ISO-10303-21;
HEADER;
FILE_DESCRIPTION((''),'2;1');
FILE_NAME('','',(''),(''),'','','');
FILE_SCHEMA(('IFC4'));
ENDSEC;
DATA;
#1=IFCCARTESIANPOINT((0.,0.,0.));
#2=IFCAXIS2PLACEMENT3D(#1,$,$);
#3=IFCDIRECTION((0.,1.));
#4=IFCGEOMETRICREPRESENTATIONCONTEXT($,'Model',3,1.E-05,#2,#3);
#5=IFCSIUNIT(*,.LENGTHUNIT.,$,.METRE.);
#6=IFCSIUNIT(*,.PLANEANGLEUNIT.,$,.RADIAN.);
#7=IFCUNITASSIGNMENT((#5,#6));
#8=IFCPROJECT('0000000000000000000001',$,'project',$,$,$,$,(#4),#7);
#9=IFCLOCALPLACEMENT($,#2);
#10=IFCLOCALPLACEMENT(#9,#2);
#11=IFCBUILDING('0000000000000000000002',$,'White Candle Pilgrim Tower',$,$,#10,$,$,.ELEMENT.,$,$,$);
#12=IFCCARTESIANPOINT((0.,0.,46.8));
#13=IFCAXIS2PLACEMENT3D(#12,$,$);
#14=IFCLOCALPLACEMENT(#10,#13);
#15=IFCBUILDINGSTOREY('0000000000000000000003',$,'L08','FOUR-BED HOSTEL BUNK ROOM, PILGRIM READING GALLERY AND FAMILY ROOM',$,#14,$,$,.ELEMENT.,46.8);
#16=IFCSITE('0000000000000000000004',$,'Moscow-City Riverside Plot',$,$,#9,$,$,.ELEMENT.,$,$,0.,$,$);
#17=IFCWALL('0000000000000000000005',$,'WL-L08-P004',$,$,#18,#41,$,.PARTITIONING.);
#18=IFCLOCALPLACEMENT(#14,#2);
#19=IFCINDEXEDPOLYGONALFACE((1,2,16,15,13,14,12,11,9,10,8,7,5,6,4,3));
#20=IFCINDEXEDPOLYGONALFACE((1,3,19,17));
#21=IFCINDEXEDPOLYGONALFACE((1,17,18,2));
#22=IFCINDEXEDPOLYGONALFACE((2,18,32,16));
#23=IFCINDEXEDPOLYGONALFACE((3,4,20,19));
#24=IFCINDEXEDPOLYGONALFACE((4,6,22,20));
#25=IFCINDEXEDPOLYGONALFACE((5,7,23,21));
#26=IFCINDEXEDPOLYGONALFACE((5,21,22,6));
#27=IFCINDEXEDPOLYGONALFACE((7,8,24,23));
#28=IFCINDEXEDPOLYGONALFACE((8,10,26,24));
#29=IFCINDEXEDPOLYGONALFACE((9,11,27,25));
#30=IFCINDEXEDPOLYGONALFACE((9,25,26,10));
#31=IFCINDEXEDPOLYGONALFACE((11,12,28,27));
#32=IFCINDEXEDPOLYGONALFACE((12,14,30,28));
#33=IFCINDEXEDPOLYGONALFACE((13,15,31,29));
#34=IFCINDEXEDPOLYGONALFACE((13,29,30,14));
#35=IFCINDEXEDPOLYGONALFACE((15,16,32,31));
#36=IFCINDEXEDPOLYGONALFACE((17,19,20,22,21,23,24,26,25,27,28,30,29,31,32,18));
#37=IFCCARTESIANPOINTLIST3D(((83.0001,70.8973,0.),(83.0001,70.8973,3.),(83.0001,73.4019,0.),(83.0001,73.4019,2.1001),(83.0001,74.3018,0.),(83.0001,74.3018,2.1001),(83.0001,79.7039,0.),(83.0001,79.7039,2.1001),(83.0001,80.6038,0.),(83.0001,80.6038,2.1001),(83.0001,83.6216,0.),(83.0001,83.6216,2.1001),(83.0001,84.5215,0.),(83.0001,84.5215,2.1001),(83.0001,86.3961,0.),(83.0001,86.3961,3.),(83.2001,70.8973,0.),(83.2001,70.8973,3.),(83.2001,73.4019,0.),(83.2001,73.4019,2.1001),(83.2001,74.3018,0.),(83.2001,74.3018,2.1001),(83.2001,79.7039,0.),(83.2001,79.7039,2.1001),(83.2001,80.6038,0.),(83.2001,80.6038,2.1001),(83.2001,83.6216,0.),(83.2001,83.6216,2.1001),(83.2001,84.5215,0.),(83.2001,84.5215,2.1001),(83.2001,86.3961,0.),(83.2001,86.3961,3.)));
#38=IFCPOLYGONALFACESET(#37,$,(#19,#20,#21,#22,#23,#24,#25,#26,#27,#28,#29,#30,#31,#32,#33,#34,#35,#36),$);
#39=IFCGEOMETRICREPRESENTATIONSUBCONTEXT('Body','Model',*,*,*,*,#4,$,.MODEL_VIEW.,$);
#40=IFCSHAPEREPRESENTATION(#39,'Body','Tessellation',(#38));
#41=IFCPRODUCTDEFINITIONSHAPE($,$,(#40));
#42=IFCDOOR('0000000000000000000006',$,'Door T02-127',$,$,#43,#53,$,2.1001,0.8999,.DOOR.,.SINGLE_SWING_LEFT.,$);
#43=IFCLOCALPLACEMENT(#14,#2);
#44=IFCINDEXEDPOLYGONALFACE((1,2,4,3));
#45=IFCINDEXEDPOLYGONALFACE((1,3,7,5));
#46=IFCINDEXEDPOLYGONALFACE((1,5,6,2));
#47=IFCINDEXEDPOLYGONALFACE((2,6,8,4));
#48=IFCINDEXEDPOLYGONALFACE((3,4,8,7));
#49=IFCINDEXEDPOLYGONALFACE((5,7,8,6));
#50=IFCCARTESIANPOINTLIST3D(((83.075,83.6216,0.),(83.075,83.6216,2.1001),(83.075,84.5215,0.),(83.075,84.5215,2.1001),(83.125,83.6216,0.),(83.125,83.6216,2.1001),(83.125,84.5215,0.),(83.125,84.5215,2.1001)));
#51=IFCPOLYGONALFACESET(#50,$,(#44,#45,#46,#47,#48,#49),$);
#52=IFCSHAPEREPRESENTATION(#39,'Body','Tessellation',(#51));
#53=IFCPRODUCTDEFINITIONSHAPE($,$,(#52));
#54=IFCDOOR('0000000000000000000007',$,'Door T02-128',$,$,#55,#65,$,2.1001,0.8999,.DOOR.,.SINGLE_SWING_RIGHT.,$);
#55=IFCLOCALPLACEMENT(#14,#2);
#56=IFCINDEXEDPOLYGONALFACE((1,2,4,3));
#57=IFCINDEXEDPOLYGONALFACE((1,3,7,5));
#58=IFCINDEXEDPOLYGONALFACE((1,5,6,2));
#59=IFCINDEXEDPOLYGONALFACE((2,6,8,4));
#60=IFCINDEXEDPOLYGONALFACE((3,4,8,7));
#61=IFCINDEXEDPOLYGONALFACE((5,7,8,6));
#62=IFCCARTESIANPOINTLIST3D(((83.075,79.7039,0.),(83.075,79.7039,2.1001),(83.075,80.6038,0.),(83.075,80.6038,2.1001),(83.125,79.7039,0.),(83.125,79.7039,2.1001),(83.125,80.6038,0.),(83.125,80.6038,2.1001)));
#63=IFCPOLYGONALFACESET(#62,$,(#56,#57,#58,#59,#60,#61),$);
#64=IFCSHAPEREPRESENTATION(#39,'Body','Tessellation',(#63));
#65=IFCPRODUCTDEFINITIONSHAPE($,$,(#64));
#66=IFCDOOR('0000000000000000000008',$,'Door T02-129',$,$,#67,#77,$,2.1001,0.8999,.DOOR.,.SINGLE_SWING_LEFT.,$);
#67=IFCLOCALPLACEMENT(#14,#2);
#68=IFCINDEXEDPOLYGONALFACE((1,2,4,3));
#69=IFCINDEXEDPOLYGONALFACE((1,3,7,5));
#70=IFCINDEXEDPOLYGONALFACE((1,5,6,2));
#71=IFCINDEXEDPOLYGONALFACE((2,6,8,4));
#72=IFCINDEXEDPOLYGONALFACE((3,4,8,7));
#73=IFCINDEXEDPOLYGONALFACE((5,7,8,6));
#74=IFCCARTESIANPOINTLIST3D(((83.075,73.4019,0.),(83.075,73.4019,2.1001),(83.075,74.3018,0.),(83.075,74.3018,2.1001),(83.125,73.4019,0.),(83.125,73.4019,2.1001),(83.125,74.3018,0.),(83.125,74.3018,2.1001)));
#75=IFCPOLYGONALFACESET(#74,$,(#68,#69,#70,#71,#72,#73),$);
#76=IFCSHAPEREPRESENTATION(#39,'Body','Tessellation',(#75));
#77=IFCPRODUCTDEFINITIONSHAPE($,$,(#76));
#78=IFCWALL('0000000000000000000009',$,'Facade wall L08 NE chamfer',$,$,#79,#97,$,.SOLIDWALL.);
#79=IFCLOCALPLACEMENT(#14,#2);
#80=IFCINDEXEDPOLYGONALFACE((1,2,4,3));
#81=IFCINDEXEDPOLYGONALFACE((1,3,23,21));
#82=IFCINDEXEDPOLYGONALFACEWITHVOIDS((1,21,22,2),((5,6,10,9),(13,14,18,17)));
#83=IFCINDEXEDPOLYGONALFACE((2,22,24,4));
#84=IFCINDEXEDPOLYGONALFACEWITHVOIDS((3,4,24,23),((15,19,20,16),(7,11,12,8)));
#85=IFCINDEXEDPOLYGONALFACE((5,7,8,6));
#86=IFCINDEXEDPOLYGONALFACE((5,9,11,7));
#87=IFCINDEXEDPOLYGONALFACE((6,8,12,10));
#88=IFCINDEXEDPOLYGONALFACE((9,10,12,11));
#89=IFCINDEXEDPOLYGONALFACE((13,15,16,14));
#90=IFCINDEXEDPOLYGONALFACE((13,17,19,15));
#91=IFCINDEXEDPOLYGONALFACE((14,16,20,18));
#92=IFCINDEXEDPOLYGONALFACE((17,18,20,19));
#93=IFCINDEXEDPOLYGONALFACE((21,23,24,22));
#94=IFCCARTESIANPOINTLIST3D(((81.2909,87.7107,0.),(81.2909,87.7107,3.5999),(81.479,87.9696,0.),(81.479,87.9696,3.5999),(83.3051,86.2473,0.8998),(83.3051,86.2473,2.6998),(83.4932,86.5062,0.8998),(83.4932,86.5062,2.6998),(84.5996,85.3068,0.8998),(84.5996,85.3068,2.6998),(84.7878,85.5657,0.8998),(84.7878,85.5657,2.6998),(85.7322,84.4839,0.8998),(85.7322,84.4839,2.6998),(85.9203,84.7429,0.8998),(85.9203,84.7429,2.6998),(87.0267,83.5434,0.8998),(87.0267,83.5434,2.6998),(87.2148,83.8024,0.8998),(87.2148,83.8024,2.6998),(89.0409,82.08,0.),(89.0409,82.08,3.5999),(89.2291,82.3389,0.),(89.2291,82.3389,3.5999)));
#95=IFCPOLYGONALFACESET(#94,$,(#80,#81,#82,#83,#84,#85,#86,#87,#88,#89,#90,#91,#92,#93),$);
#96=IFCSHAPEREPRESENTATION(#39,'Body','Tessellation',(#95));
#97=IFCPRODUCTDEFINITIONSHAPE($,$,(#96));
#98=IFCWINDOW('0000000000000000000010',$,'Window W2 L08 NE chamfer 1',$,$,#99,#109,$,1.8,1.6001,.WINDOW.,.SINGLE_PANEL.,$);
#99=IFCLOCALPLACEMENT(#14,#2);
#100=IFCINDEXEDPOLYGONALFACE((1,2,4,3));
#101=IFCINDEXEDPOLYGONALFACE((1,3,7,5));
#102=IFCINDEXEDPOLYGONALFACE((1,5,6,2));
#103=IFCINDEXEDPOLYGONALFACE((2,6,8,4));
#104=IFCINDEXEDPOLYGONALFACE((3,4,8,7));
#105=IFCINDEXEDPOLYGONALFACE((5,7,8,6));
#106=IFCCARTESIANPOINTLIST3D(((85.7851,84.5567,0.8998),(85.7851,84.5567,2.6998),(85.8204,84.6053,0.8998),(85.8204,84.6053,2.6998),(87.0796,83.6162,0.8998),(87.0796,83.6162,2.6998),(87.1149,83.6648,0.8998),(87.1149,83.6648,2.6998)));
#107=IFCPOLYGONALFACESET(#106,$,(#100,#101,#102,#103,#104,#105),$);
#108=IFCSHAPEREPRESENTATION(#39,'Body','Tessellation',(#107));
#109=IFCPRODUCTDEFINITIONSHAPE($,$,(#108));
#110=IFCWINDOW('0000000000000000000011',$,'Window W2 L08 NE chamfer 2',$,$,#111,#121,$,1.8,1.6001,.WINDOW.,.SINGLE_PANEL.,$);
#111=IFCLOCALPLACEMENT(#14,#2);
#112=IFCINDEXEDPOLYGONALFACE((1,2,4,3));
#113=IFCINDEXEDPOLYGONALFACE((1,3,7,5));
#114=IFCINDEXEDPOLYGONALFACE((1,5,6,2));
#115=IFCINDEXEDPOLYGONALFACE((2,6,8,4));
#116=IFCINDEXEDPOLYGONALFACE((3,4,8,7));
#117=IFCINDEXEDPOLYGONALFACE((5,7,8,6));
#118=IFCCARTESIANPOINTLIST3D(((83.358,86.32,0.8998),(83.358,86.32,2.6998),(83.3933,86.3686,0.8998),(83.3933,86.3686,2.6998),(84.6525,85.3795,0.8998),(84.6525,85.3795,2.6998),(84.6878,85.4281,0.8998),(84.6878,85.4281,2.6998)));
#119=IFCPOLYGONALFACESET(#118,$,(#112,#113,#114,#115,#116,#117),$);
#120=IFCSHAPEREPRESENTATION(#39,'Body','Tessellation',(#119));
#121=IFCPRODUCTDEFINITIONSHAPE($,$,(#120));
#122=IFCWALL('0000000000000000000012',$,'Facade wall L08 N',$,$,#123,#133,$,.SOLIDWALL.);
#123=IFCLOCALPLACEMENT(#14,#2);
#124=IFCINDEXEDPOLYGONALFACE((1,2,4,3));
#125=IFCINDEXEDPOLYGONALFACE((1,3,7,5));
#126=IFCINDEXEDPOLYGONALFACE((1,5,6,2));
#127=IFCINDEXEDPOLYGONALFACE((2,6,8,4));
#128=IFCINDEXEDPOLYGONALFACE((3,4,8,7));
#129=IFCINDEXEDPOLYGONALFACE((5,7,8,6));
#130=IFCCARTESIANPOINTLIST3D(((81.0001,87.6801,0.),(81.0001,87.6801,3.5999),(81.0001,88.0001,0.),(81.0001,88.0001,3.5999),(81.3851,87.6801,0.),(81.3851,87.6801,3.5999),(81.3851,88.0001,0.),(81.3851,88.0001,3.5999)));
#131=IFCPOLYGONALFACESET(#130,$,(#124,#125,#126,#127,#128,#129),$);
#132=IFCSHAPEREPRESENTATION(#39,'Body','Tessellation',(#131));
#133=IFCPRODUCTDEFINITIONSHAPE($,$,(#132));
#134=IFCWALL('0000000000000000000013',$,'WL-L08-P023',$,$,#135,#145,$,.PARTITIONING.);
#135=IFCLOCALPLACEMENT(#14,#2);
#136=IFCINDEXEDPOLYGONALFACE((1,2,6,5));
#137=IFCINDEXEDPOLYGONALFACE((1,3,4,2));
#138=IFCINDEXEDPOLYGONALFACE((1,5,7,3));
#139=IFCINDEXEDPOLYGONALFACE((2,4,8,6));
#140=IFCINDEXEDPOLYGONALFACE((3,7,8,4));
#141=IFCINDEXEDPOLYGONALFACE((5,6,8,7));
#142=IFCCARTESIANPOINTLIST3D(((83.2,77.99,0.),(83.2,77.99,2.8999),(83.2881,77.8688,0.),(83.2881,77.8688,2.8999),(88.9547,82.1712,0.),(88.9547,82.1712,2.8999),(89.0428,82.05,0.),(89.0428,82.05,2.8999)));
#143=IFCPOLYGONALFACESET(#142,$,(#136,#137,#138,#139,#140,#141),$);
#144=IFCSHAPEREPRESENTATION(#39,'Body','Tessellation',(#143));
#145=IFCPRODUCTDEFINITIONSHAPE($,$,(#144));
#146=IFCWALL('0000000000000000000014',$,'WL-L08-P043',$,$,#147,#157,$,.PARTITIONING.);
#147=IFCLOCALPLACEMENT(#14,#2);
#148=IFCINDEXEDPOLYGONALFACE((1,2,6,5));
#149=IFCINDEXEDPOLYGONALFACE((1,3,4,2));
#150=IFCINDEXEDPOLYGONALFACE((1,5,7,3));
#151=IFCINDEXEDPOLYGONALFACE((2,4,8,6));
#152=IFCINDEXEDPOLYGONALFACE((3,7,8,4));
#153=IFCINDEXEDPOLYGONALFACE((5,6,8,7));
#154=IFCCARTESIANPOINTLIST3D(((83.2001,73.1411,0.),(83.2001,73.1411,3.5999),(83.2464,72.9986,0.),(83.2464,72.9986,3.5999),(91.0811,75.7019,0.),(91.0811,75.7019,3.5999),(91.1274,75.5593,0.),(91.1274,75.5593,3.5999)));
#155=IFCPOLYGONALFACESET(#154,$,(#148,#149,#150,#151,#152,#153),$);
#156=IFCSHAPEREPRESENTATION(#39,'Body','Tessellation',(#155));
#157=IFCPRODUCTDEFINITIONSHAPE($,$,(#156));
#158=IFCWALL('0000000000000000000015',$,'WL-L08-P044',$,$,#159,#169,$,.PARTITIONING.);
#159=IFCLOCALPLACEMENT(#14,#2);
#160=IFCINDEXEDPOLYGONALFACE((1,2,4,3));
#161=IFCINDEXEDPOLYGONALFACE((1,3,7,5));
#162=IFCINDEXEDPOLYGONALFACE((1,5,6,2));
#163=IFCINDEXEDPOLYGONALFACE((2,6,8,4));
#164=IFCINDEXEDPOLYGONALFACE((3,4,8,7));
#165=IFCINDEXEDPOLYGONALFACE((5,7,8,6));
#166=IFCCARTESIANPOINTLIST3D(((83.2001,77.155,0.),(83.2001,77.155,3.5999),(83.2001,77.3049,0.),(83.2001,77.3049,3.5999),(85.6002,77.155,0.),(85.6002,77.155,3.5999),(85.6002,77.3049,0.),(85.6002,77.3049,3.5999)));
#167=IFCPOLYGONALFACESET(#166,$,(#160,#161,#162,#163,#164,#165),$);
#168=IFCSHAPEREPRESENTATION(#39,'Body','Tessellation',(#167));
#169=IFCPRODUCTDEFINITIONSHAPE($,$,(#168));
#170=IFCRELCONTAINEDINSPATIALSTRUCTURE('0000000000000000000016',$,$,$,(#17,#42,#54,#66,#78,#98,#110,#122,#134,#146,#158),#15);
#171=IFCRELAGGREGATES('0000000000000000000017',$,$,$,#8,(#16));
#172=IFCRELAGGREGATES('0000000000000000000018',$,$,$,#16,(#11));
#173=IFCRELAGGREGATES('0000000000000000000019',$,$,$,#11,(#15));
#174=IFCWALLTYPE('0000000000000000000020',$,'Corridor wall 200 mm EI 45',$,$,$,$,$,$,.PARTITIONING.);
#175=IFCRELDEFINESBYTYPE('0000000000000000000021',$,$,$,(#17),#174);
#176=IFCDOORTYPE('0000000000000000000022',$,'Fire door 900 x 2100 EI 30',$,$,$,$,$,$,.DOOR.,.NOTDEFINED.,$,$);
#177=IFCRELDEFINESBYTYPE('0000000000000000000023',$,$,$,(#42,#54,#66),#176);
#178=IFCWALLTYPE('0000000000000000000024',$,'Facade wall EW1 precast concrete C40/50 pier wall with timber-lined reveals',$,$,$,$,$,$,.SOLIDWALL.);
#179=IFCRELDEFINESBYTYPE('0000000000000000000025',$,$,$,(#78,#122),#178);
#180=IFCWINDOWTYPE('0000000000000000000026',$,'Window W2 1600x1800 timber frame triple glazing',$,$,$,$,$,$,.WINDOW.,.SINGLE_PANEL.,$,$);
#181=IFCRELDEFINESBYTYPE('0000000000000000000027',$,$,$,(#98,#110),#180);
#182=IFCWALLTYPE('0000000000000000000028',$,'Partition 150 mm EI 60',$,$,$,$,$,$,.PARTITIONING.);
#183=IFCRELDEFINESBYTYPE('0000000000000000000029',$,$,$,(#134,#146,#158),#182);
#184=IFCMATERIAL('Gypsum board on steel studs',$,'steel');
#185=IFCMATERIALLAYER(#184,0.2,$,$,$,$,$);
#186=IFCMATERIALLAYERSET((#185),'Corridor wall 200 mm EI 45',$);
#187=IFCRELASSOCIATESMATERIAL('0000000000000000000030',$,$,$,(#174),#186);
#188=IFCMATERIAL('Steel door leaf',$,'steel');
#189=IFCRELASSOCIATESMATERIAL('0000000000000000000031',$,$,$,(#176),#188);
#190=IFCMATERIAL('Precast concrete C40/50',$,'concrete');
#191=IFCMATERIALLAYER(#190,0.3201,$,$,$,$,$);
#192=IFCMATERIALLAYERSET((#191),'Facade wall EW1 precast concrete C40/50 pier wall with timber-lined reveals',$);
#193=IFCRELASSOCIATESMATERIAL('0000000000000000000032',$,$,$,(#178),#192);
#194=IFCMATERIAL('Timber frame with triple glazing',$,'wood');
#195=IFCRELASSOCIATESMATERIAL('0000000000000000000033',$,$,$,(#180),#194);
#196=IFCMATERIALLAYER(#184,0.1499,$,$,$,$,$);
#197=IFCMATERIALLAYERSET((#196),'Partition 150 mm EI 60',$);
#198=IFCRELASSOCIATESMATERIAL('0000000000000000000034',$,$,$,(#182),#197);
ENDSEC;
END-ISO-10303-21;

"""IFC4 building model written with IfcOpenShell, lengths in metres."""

from ifc_helpers import new_model, si_unit, direction, frame, frame_2d, origin, place, context, subcontext, project, spatial, rectangle, extrude, material, layer, layer_set, type_object, element, fill, save


model = new_model("IFC4")

# Units and contexts
model_context = context("Model", 3, precision=1e-05, world=origin(), true_north=direction((0.0, 1.0)))
body_context = subcontext(model_context, "Body", "Model", "MODEL_VIEW")
ifc_project = project(units=[si_unit("LENGTHUNIT", "METRE"), si_unit("PLANEANGLEUNIT", "RADIAN")], contexts=[model_context])

# Site, building, storey
site_placement = place(None, origin())
site = spatial("IfcSite", under=ifc_project, at=site_placement, Name="Moscow-City Riverside Plot", CompositionType="ELEMENT", RefElevation=0.0)
building_placement = place(site_placement, origin())
building = spatial("IfcBuilding", under=site, at=building_placement, Name="White Candle Pilgrim Tower", CompositionType="ELEMENT")
storey_placement = place(building_placement, frame((0.0, 0.0, 46.8)))
storey = spatial("IfcBuildingStorey", under=building, at=storey_placement, Name="L08", Description="FOUR-BED HOSTEL BUNK ROOM, PILGRIM READING GALLERY AND FAMILY ROOM", CompositionType="ELEMENT", Elevation=46.8)

# Shared definitions
ifc_material_1 = material(Name="Steel door leaf", Category="steel")

# Wall, openings, doors
ifc_material_2 = material(Name="Gypsum board on steel studs", Category="steel")
ifc_layer_1 = layer(ifc_material_2, 0.2)
ifc_layer_set_1 = layer_set([ifc_layer_1], Name="Corridor wall 200 mm EI 45")
wall_type_1 = type_object("IfcWallType", Name="Corridor wall 200 mm EI 45", PredefinedType="PARTITIONING", material=ifc_layer_set_1)
wall_1_placement = place(storey_placement, frame((83.1001, 86.3962, 0.0), z_axis=(0.0, 0.0, 1.0), x_axis=(0.0, -1.0, 0.0)))
wall_1 = element("IfcWall", 1, at=wall_1_placement, inside=storey, type_object=wall_type_1, Name="WL-L08-P004", PredefinedType="PARTITIONING", context=body_context, shape_type="SweptSolid", body=[
    extrude(rectangle(XDim=15.4988, YDim=0.2, at=frame_2d((7.7495, 0.0))), origin(), (0.0, 0.0, 1.0), 3.0),
])
opening_1_placement = place(wall_1_placement, frame((1.8748, 0.0, 0.0)))
opening_1 = element("IfcOpeningElement", 2, at=opening_1_placement, cuts=wall_1, PredefinedType="OPENING", context=body_context, shape_type="SweptSolid", body=[
    extrude(rectangle(XDim=0.8999, YDim=2.1001, at=frame_2d((0.45, 1.05))), frame((0.0, 0.1099, 0.0), z_axis=(0.0, -1.0, 0.0), x_axis=(1.0, 0.0, 0.0)), (0.0, 0.0, 1.0), 0.22),
])
opening_2_placement = place(wall_1_placement, frame((5.7925, 0.0, 0.0)))
opening_2 = element("IfcOpeningElement", 3, at=opening_2_placement, cuts=wall_1, PredefinedType="OPENING", context=body_context, shape_type="SweptSolid", body=[
    extrude(rectangle(XDim=0.8999, YDim=2.1001, at=frame_2d((0.45, 1.05))), frame((0.0, 0.1099, 0.0), z_axis=(0.0, -1.0, 0.0), x_axis=(1.0, 0.0, 0.0)), (0.0, 0.0, 1.0), 0.22),
])
opening_3_placement = place(wall_1_placement, frame((12.0945, 0.0, 0.0)))
opening_3 = element("IfcOpeningElement", 4, at=opening_3_placement, cuts=wall_1, PredefinedType="OPENING", context=body_context, shape_type="SweptSolid", body=[
    extrude(rectangle(XDim=0.8999, YDim=2.1001, at=frame_2d((0.45, 1.05))), frame((0.0, 0.1099, 0.0), z_axis=(0.0, -1.0, 0.0), x_axis=(1.0, 0.0, 0.0)), (0.0, 0.0, 1.0), 0.22),
])
door_type_1 = type_object("IfcDoorType", Name="Fire door 900 x 2100 EI 30", OperationType="NOTDEFINED", PredefinedType="DOOR", material=ifc_material_1)
door_1_placement = place(opening_1_placement, origin())
door_1 = element("IfcDoor", 5, at=door_1_placement, inside=storey, type_object=door_type_1, Name="Door T02-127", OperationType="SINGLE_SWING_LEFT", OverallHeight=2.1001, OverallWidth=0.8999, PredefinedType="DOOR", context=body_context, shape_type="SweptSolid", body=[
    extrude(rectangle(XDim=0.8999, YDim=2.1001, at=frame_2d((0.45, 1.05))), frame((0.0, 0.0249, 0.0), z_axis=(0.0, -1.0, 0.0), x_axis=(1.0, 0.0, 0.0)), (0.0, 0.0, 1.0), 0.05),
])
fill(opening_1, door_1)
door_2_placement = place(opening_2_placement, origin())
door_2 = element("IfcDoor", 6, at=door_2_placement, inside=storey, type_object=door_type_1, Name="Door T02-128", OperationType="SINGLE_SWING_RIGHT", OverallHeight=2.1001, OverallWidth=0.8999, PredefinedType="DOOR", context=body_context, shape_type="SweptSolid", body=[
    extrude(rectangle(XDim=0.8999, YDim=2.1001, at=frame_2d((0.45, 1.05))), frame((0.0, 0.0249, 0.0), z_axis=(0.0, -1.0, 0.0), x_axis=(1.0, 0.0, 0.0)), (0.0, 0.0, 1.0), 0.05),
])
fill(opening_2, door_2)
door_3_placement = place(opening_3_placement, origin())
door_3 = element("IfcDoor", 7, at=door_3_placement, inside=storey, type_object=door_type_1, Name="Door T02-129", OperationType="SINGLE_SWING_LEFT", OverallHeight=2.1001, OverallWidth=0.8999, PredefinedType="DOOR", context=body_context, shape_type="SweptSolid", body=[
    extrude(rectangle(XDim=0.8999, YDim=2.1001, at=frame_2d((0.45, 1.05))), frame((0.0, 0.0249, 0.0), z_axis=(0.0, -1.0, 0.0), x_axis=(1.0, 0.0, 0.0)), (0.0, 0.0, 1.0), 0.05),
])
fill(opening_3, door_3)

# Wall, openings, windows
ifc_material_3 = material(Name="Precast concrete C40/50", Category="concrete")
ifc_layer_2 = layer(ifc_material_3, 0.3201)
ifc_layer_set_2 = layer_set([ifc_layer_2], Name="Facade wall EW1 precast concrete C40/50 pier wall with timber-lined reveals")
wall_type_2 = type_object("IfcWallType", Name="Facade wall EW1 precast concrete C40/50 pier wall with timber-lined reveals", PredefinedType="SOLIDWALL", material=ifc_layer_set_2)
wall_2_placement = place(storey_placement, frame((89.135, 82.2095, 0.0), z_axis=(0.0, 0.0, 1.0), x_axis=(-0.809021, 0.587779, 0.0)))
wall_2 = element("IfcWall", 8, at=wall_2_placement, inside=storey, type_object=wall_type_2, Name="Facade wall L08 NE chamfer", PredefinedType="SOLIDWALL", context=body_context, shape_type="SweptSolid", body=[
    extrude(rectangle(XDim=9.5796, YDim=0.3201, at=frame_2d((4.7898, 0.0))), origin(), (0.0, 0.0, 1.0), 3.5999),
])
opening_4_placement = place(wall_2_placement, frame((2.4897, 0.0, 0.8999)))
opening_4 = element("IfcOpeningElement", 9, at=opening_4_placement, cuts=wall_2, PredefinedType="OPENING", context=body_context, shape_type="SweptSolid", body=[
    extrude(rectangle(XDim=1.6001, YDim=1.8, at=frame_2d((0.8, 0.8999))), frame((0.0, 0.1699, 0.0), z_axis=(0.0, -1.0, 0.0), x_axis=(1.0, 0.0, 0.0)), (0.0, 0.0, 1.0), 0.3401),
])
opening_5_placement = place(wall_2_placement, frame((5.4897, 0.0, 0.8999)))
opening_5 = element("IfcOpeningElement", 10, at=opening_5_placement, cuts=wall_2, PredefinedType="OPENING", context=body_context, shape_type="SweptSolid", body=[
    extrude(rectangle(XDim=1.6001, YDim=1.8, at=frame_2d((0.8, 0.8999))), frame((0.0, 0.1699, 0.0), z_axis=(0.0, -1.0, 0.0), x_axis=(1.0, 0.0, 0.0)), (0.0, 0.0, 1.0), 0.3401),
])
ifc_material_4 = material(Name="Timber frame with triple glazing", Category="wood")
window_type = type_object("IfcWindowType", Name="Window W2 1600x1800 timber frame triple glazing", PartitioningType="SINGLE_PANEL", PredefinedType="WINDOW", material=ifc_material_4)
window_1_placement = place(opening_4_placement, origin())
window_1 = element("IfcWindow", 11, at=window_1_placement, inside=storey, type_object=window_type, Name="Window W2 L08 NE chamfer 1", OverallHeight=1.8, OverallWidth=1.6001, PartitioningType="SINGLE_PANEL", PredefinedType="WINDOW", context=body_context, shape_type="SweptSolid", body=[
    extrude(rectangle(XDim=1.6001, YDim=1.8, at=frame_2d((0.8, 0.8999))), frame((0.0, 0.0701, 0.0), z_axis=(0.0, -1.0, 0.0), x_axis=(1.0, 0.0, 0.0)), (0.0, 0.0, 1.0), 0.0601),
])
fill(opening_4, window_1)
window_2_placement = place(opening_5_placement, origin())
window_2 = element("IfcWindow", 12, at=window_2_placement, inside=storey, type_object=window_type, Name="Window W2 L08 NE chamfer 2", OverallHeight=1.8, OverallWidth=1.6001, PartitioningType="SINGLE_PANEL", PredefinedType="WINDOW", context=body_context, shape_type="SweptSolid", body=[
    extrude(rectangle(XDim=1.6001, YDim=1.8, at=frame_2d((0.8, 0.8999))), frame((0.0, 0.0701, 0.0), z_axis=(0.0, -1.0, 0.0), x_axis=(1.0, 0.0, 0.0)), (0.0, 0.0, 1.0), 0.0601),
])
fill(opening_5, window_2)

# Walls
wall_3_placement = place(storey_placement, frame((81.385, 87.8401, 0.0), z_axis=(0.0, 0.0, 1.0), x_axis=(-1.0, 0.0, 0.0)))
element("IfcWall", 13, at=wall_3_placement, inside=storey, type_object=wall_type_2, Name="Facade wall L08 N", PredefinedType="SOLIDWALL", context=body_context, shape_type="SweptSolid", body=[
    extrude(rectangle(XDim=0.385, YDim=0.3201, at=frame_2d((0.1924, 0.0))), origin(), (0.0, 0.0, 1.0), 3.5999),
])
ifc_layer_3 = layer(ifc_material_2, 0.1499)
ifc_layer_set_3 = layer_set([ifc_layer_3], Name="Partition 150 mm EI 60")
wall_type_3 = type_object("IfcWallType", Name="Partition 150 mm EI 60", PredefinedType="PARTITIONING", material=ifc_layer_set_3)
wall_4_placement = place(storey_placement, frame((88.9988, 82.1106, 0.0), z_axis=(0.0, 0.0, 1.0), x_axis=(-0.809006, -0.5878, 0.0)))
element("IfcWall", 14, at=wall_4_placement, inside=storey, type_object=wall_type_3, Name="WL-L08-P023", PredefinedType="PARTITIONING", context=body_context, shape_type="SweptSolid", body=[
    extrude(rectangle(XDim=7.1133, YDim=0.1499, at=frame_2d((3.5566, 0.0))), origin(), (0.0, 0.0, 1.0), 2.8999),
])
wall_5_placement = place(storey_placement, frame((91.1042, 75.6306, 0.0), z_axis=(0.0, 0.0, 1.0), x_axis=(-0.951054, -0.309024, 0.0)))
element("IfcWall", 15, at=wall_5_placement, inside=storey, type_object=wall_type_3, Name="WL-L08-P043", PredefinedType="PARTITIONING", context=body_context, shape_type="SweptSolid", body=[
    extrude(rectangle(XDim=8.2866, YDim=0.1499, at=frame_2d((4.1433, 0.0))), origin(), (0.0, 0.0, 1.0), 3.5999),
])
wall_6_placement = place(storey_placement, frame((83.2, 77.23, 0.0), z_axis=(0.0, 0.0, 1.0), x_axis=(1.0, 0.0, 0.0)))
element("IfcWall", 16, at=wall_6_placement, inside=storey, type_object=wall_type_3, Name="WL-L08-P044", PredefinedType="PARTITIONING", context=body_context, shape_type="SweptSolid", body=[
    extrude(rectangle(XDim=2.4001, YDim=0.1499, at=frame_2d((1.2002, 0.0))), origin(), (0.0, 0.0, 1.0), 3.5999),
])

save(model, "model.ifc")
